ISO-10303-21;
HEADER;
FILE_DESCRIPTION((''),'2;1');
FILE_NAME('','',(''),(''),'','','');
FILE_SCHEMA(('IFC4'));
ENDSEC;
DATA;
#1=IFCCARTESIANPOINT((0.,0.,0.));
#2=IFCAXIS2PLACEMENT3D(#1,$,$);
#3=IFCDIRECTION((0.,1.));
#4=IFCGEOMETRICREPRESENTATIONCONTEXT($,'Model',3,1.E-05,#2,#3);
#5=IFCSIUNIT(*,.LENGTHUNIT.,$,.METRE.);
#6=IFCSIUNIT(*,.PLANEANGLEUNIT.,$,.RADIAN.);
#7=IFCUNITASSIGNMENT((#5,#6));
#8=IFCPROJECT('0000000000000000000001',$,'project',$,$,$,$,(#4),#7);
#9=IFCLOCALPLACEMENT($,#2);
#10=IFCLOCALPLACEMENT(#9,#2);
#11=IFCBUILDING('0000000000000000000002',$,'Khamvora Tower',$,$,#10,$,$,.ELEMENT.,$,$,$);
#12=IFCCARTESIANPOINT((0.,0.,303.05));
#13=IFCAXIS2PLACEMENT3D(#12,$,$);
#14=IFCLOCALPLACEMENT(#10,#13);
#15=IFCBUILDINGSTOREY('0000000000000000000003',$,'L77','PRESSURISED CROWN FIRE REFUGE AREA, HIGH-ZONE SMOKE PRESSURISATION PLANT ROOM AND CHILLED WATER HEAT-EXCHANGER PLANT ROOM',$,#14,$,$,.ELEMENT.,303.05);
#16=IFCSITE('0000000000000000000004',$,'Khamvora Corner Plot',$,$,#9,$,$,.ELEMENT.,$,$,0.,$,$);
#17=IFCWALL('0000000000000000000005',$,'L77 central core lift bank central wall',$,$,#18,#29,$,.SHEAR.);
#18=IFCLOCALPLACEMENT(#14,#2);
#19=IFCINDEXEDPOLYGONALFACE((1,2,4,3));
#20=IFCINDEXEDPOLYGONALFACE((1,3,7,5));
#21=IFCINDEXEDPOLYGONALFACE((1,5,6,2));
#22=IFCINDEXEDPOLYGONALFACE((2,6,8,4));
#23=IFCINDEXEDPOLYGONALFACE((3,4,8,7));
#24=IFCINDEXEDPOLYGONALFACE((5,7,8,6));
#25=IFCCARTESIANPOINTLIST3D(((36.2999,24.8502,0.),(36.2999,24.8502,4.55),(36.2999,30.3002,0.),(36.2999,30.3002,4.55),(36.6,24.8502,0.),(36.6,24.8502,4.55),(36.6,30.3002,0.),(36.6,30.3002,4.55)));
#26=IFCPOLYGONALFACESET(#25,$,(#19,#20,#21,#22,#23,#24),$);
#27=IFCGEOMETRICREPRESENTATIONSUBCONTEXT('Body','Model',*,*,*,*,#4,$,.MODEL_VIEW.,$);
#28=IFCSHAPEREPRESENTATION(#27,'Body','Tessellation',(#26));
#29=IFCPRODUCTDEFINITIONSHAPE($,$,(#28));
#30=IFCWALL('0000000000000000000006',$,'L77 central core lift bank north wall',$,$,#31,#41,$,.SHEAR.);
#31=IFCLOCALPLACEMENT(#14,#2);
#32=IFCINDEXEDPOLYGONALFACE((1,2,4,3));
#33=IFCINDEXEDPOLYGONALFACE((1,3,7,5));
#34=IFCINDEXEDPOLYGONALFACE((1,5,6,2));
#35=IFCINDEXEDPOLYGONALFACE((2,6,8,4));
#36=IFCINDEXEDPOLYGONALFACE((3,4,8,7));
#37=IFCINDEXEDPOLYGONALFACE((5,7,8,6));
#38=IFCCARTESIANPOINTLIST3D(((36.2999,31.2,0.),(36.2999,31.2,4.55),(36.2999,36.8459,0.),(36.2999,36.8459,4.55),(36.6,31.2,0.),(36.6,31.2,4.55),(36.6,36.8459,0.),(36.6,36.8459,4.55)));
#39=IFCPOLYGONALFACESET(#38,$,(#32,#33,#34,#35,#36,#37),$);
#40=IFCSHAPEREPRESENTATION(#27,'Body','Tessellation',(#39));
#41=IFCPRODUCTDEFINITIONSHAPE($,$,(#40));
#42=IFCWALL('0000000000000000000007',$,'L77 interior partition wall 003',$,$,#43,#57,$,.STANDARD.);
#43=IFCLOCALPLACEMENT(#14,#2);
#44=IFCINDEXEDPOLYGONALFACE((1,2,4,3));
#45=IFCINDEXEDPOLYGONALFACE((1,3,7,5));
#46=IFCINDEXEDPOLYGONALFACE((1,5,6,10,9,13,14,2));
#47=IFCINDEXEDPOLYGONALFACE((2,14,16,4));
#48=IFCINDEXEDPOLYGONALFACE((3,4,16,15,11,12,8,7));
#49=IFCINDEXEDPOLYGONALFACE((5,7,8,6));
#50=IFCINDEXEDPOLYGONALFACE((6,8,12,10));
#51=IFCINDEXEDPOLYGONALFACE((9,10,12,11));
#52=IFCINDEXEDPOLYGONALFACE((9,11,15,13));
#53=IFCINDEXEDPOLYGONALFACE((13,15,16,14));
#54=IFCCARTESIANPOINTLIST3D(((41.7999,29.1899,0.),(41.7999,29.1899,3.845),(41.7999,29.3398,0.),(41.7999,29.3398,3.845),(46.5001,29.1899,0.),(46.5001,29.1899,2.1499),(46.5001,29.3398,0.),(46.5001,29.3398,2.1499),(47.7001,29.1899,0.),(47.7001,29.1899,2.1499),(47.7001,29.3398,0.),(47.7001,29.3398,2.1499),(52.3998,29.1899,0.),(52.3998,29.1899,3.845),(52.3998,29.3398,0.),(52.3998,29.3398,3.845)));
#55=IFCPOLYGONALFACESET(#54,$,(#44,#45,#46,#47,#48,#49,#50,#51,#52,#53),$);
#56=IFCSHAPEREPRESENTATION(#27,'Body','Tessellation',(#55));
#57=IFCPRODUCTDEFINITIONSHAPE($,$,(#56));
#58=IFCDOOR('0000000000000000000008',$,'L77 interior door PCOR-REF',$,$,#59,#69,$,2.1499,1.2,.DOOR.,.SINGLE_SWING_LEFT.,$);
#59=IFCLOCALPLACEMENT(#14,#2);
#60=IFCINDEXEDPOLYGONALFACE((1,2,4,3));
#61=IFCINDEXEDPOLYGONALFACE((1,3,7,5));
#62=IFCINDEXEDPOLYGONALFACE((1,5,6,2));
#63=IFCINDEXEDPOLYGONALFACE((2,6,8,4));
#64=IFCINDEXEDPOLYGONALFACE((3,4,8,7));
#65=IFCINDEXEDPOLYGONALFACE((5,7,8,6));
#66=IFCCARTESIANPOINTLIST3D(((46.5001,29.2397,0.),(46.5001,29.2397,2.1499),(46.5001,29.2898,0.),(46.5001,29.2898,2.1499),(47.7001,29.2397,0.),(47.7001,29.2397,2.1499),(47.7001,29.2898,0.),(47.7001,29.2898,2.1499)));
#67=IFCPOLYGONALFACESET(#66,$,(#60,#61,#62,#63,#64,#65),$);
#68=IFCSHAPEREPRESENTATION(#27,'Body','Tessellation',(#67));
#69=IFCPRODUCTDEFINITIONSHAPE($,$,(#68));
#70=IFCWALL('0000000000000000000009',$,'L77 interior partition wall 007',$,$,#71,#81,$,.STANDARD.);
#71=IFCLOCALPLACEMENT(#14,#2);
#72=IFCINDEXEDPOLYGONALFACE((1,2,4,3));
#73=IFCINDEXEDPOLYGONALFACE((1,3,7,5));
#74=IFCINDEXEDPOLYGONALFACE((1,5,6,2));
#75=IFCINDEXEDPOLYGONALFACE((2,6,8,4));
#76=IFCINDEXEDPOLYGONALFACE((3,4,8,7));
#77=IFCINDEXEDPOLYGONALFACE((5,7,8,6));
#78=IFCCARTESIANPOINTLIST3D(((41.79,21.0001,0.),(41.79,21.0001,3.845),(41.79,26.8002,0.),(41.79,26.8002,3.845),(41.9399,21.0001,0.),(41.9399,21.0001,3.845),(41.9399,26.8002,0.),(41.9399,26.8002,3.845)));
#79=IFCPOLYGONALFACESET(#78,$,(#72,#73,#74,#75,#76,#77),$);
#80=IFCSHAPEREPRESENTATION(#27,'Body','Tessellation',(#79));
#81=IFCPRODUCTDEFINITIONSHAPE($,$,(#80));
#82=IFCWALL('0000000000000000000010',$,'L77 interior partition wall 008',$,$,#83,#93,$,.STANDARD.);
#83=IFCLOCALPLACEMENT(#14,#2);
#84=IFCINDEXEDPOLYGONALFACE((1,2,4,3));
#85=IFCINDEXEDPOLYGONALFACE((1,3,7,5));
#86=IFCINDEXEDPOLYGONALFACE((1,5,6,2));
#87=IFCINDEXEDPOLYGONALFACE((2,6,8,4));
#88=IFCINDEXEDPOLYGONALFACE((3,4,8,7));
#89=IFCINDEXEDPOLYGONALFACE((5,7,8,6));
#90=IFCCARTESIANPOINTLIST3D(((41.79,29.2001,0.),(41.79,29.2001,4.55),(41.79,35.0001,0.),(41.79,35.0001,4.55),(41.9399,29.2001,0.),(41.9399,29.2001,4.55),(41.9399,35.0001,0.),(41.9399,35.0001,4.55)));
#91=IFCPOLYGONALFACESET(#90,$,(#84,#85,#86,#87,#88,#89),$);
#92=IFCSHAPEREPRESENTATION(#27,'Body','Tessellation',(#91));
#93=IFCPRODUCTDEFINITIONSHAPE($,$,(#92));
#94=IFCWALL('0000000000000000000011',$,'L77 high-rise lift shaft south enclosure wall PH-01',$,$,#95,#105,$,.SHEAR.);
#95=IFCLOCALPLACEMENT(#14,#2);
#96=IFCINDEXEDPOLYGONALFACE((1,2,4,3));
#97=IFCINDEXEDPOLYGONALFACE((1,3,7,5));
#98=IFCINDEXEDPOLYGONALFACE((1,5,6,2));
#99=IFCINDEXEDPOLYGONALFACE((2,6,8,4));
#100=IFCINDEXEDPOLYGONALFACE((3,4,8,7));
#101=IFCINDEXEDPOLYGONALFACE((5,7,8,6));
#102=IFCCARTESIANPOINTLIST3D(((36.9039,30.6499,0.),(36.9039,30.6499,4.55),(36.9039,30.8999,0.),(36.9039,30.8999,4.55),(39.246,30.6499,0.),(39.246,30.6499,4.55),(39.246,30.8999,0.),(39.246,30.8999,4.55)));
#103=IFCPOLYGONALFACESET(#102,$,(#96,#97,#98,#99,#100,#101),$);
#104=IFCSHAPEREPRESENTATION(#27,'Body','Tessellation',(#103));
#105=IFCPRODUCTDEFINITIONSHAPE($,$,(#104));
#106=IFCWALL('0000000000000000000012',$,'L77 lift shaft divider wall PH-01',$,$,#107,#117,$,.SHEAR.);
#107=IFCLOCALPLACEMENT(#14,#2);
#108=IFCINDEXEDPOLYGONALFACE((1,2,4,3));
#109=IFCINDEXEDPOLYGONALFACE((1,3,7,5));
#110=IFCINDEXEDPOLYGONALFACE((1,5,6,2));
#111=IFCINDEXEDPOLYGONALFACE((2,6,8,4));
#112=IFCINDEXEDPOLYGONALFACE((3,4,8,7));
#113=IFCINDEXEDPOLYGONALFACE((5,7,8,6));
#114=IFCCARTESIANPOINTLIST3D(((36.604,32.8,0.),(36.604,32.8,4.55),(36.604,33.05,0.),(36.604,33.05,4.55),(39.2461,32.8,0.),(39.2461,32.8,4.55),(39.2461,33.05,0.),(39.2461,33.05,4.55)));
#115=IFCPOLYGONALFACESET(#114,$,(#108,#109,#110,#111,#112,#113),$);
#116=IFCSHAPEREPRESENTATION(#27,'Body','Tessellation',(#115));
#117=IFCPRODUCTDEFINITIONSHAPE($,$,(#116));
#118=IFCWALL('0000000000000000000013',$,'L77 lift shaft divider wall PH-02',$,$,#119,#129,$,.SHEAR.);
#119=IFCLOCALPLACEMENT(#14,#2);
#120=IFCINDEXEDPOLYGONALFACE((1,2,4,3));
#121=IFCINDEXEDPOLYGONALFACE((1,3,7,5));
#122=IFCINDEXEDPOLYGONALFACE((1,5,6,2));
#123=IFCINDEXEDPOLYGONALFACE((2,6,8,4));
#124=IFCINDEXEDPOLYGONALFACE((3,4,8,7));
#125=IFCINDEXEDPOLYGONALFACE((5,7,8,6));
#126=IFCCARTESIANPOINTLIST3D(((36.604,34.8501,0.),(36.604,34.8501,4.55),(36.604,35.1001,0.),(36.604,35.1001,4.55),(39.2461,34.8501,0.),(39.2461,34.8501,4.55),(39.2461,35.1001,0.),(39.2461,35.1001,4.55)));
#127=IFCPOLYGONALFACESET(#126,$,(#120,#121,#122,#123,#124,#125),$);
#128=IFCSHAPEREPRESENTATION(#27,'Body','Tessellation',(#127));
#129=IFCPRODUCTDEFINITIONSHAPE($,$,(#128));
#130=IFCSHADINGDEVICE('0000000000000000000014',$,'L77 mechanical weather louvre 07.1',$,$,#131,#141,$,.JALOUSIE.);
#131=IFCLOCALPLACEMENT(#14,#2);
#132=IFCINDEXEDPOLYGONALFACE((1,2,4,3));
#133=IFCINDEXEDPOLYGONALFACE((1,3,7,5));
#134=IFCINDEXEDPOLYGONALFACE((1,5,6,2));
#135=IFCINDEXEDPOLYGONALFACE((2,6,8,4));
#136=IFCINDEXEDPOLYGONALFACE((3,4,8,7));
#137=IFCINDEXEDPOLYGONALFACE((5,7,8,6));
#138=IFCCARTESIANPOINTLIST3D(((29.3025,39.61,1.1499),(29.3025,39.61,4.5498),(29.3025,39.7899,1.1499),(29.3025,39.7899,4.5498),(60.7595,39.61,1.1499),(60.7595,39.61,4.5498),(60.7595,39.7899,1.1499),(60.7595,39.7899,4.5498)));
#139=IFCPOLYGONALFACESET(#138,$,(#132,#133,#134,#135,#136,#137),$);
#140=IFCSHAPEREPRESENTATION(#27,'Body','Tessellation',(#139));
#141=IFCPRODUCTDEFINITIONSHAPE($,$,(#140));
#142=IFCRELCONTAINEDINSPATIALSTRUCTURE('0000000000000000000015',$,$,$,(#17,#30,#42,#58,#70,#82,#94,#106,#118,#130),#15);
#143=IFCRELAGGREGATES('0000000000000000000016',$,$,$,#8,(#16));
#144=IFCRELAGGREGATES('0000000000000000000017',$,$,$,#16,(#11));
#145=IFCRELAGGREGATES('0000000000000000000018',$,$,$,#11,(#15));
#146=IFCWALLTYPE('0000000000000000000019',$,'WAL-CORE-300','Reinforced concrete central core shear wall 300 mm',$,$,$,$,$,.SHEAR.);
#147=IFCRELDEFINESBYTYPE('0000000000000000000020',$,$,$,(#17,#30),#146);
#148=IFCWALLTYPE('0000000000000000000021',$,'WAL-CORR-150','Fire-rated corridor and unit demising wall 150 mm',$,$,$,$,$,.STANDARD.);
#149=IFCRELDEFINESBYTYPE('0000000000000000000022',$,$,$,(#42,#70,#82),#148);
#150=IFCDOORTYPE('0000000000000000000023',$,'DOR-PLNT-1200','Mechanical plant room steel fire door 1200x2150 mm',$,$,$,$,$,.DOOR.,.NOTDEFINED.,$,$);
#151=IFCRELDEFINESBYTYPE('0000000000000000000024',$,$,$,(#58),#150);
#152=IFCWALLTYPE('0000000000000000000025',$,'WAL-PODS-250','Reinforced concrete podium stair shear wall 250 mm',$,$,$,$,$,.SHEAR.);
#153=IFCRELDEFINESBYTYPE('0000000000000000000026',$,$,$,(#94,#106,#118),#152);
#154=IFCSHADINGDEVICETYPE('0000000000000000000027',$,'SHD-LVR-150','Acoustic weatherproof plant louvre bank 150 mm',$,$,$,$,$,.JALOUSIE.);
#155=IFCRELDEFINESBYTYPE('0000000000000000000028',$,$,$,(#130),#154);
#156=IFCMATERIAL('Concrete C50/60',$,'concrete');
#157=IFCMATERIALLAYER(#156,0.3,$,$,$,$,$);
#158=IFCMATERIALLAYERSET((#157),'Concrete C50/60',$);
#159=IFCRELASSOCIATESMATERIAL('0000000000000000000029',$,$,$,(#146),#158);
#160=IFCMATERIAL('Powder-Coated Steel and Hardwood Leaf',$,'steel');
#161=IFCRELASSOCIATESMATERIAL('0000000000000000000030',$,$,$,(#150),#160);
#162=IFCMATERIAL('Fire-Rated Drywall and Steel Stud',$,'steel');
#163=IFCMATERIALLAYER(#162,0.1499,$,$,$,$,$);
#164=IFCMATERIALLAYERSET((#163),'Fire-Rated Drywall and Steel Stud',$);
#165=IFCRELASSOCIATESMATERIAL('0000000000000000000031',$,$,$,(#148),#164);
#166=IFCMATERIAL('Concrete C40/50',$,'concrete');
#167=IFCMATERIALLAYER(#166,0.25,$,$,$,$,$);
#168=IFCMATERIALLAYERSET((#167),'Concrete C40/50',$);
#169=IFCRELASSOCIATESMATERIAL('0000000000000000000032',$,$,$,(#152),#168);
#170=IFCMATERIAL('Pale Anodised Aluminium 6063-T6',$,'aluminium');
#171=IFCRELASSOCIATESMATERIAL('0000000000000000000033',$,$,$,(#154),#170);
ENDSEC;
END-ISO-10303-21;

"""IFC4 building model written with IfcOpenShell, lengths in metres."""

from ifc_helpers import new_model, si_unit, direction, frame, frame_2d, origin, origin_2d, place, context, subcontext, project, spatial, rectangle, extrude, material, layer, layer_set, type_object, element, fill, save


model = new_model("IFC4")

# Units and contexts
model_context = context("Model", 3, precision=1e-05, world=origin(), true_north=direction((0.0, 1.0)))
body_context = subcontext(model_context, "Body", "Model", "MODEL_VIEW")
ifc_project = project(units=[si_unit("LENGTHUNIT", "METRE"), si_unit("PLANEANGLEUNIT", "RADIAN")], contexts=[model_context])

# Site, building, storey
site_placement = place(None, origin())
site = spatial("IfcSite", under=ifc_project, at=site_placement, Name="Khamvora Corner Plot", CompositionType="ELEMENT", RefElevation=0.0)
building_placement = place(site_placement, origin())
building = spatial("IfcBuilding", under=site, at=building_placement, Name="Khamvora Tower", CompositionType="ELEMENT")
storey_placement = place(building_placement, frame((0.0, 0.0, 303.05)))
storey = spatial("IfcBuildingStorey", under=building, at=storey_placement, Name="L77", Description="PRESSURISED CROWN FIRE REFUGE AREA, HIGH-ZONE SMOKE PRESSURISATION PLANT ROOM AND CHILLED WATER HEAT-EXCHANGER PLANT ROOM", CompositionType="ELEMENT", Elevation=303.05)

# Shared definitions
ifc_material_1 = material(Name="Concrete C50/60", Category="concrete")
ifc_layer_1 = layer(ifc_material_1, 0.3)
ifc_layer_set_1 = layer_set([ifc_layer_1], Name="Concrete C50/60")
wall_type_1 = type_object("IfcWallType", Name="WAL-CORE-300", Description="Reinforced concrete central core shear wall 300 mm", PredefinedType="SHEAR", material=ifc_layer_set_1)
ifc_material_2 = material(Name="Powder-Coated Steel and Hardwood Leaf", Category="steel")
door_type = type_object("IfcDoorType", Name="DOR-PLNT-1200", Description="Mechanical plant room steel fire door 1200x2150 mm", OperationType="NOTDEFINED", PredefinedType="DOOR", material=ifc_material_2)

# Walls
wall_1_placement = place(storey_placement, frame((36.45, 24.8501, 0.0), z_axis=(0.0, 0.0, 1.0), x_axis=(0.0, 1.0, 0.0)))
element("IfcWall", 1, at=wall_1_placement, inside=storey, type_object=wall_type_1, Name="L77 central core lift bank central wall", PredefinedType="SHEAR", context=body_context, shape_type="SweptSolid", body=[
    extrude(rectangle(XDim=5.45, YDim=0.3, at=frame_2d((2.7251, 0.0))), origin(), (0.0, 0.0, 1.0), 4.55),
])
wall_2_placement = place(storey_placement, frame((36.45, 31.2, 0.0), z_axis=(0.0, 0.0, 1.0), x_axis=(0.0, 1.0, 0.0)))
element("IfcWall", 2, at=wall_2_placement, inside=storey, type_object=wall_type_1, Name="L77 central core lift bank north wall", PredefinedType="SHEAR", context=body_context, shape_type="SweptSolid", body=[
    extrude(rectangle(XDim=5.646, YDim=0.3, at=frame_2d((2.823, 0.0))), origin(), (0.0, 0.0, 1.0), 4.55),
])

# Wall, opening, door
ifc_material_3 = material(Name="Fire-Rated Drywall and Steel Stud", Category="steel")
ifc_layer_2 = layer(ifc_material_3, 0.1499)
ifc_layer_set_2 = layer_set([ifc_layer_2], Name="Fire-Rated Drywall and Steel Stud")
wall_type_2 = type_object("IfcWallType", Name="WAL-CORR-150", Description="Fire-rated corridor and unit demising wall 150 mm", PredefinedType="STANDARD", material=ifc_layer_set_2)
wall_3_placement = place(storey_placement, frame((41.8, 29.2649, 0.0), z_axis=(0.0, 0.0, 1.0), x_axis=(1.0, 0.0, 0.0)))
wall_3 = element("IfcWall", 3, at=wall_3_placement, inside=storey, type_object=wall_type_2, Name="L77 interior partition wall 003", PredefinedType="STANDARD", context=body_context, shape_type="SweptSolid", body=[
    extrude(rectangle(XDim=10.5999, YDim=0.1499, at=frame_2d((5.2998, 0.0))), origin(), (0.0, 0.0, 1.0), 3.845),
])
opening_1_placement = place(wall_3_placement, frame((4.7, 0.0, 0.0)))
opening_1 = element("IfcOpeningElement", 4, at=opening_1_placement, cuts=wall_3, PredefinedType="OPENING", context=body_context, shape_type="SweptSolid", body=[
    extrude(rectangle(XDim=1.2, YDim=2.1499, at=frame_2d((0.6001, 1.075))), frame((0.0, 0.085, 0.0), z_axis=(0.0, -1.0, 0.0), x_axis=(1.0, 0.0, 0.0)), (0.0, 0.0, 1.0), 0.1699),
])
door_1_placement = place(opening_1_placement, origin())
door_1 = element("IfcDoor", 5, at=door_1_placement, inside=storey, type_object=door_type, Name="L77 interior door PCOR-REF", OperationType="SINGLE_SWING_LEFT", OverallHeight=2.1499, OverallWidth=1.2, PredefinedType="DOOR", context=body_context, shape_type="SweptSolid", body=[
    extrude(rectangle(XDim=1.2, YDim=2.1499, at=frame_2d((0.6001, 1.075))), frame((0.0, 0.0249, 0.0), z_axis=(0.0, -1.0, 0.0), x_axis=(1.0, 0.0, 0.0)), (0.0, 0.0, 1.0), 0.05),
])
fill(opening_1, door_1)

# Walls
wall_4_placement = place(storey_placement, frame((41.865, 26.8, 0.0), z_axis=(0.0, 0.0, 1.0), x_axis=(0.0, -1.0, 0.0)))
element("IfcWall", 6, at=wall_4_placement, inside=storey, type_object=wall_type_2, Name="L77 interior partition wall 007", PredefinedType="STANDARD", context=body_context, shape_type="SweptSolid", body=[
    extrude(rectangle(XDim=5.8, YDim=0.1499, at=frame_2d((2.8999, 0.0))), origin(), (0.0, 0.0, 1.0), 3.845),
])
wall_5_placement = place(storey_placement, frame((41.865, 35.0, 0.0), z_axis=(0.0, 0.0, 1.0), x_axis=(0.0, -1.0, 0.0)))
element("IfcWall", 7, at=wall_5_placement, inside=storey, type_object=wall_type_2, Name="L77 interior partition wall 008", PredefinedType="STANDARD", context=body_context, shape_type="SweptSolid", body=[
    extrude(rectangle(XDim=5.8, YDim=0.1499, at=frame_2d((2.8999, 0.0))), origin(), (0.0, 0.0, 1.0), 4.55),
])
ifc_material_4 = material(Name="Concrete C40/50", Category="concrete")
ifc_layer_3 = layer(ifc_material_4, 0.25)
ifc_layer_set_3 = layer_set([ifc_layer_3], Name="Concrete C40/50")
wall_type_3 = type_object("IfcWallType", Name="WAL-PODS-250", Description="Reinforced concrete podium stair shear wall 250 mm", PredefinedType="SHEAR", material=ifc_layer_set_3)
wall_6_placement = place(storey_placement, frame((36.9041, 30.7749, 0.0), z_axis=(0.0, 0.0, 1.0), x_axis=(1.0, 0.0, 0.0)))
element("IfcWall", 8, at=wall_6_placement, inside=storey, type_object=wall_type_3, Name="L77 high-rise lift shaft south enclosure wall PH-01", PredefinedType="SHEAR", context=body_context, shape_type="SweptSolid", body=[
    extrude(rectangle(XDim=2.342, YDim=0.25, at=frame_2d((1.1709, 0.0))), origin(), (0.0, 0.0, 1.0), 4.55),
])
for number, where, z_axis, x_axis, name in (
    (9, (36.604, 32.925, 0.0), (0.0, 0.0, 1.0), (1.0, 0.0, 0.0), "L77 lift shaft divider wall PH-01"),
    (10, (36.604, 34.9751, 0.0), (0.0, 0.0, 1.0), (1.0, 0.0, 0.0), "L77 lift shaft divider wall PH-02"),
):
    element("IfcWall", number, at=place(storey_placement, frame(where, z_axis=z_axis, x_axis=x_axis)), inside=storey, type_object=wall_type_3, Name=name, PredefinedType="SHEAR", context=body_context, shape_type="SweptSolid", body=[
        extrude(rectangle(XDim=2.6421, YDim=0.25, at=frame_2d((1.321, 0.0))), origin(), (0.0, 0.0, 1.0), 4.55),
    ])

# Shading device
ifc_material_5 = material(Name="Pale Anodised Aluminium 6063-T6", Category="aluminium")
shading_device_type = type_object("IfcShadingDeviceType", Name="SHD-LVR-150", Description="Acoustic weatherproof plant louvre bank 150 mm", PredefinedType="JALOUSIE", material=ifc_material_5)
shading_device_placement = place(storey_placement, frame((45.031, 39.7, 1.1499), z_axis=(0.0, 0.0, 1.0), x_axis=(1.0, 0.0, 0.0)))
element("IfcShadingDevice", 11, at=shading_device_placement, inside=storey, type_object=shading_device_type, Name="L77 mechanical weather louvre 07.1", PredefinedType="JALOUSIE", context=body_context, shape_type="SweptSolid", body=[
    extrude(rectangle(XDim=31.457, YDim=0.1799, at=origin_2d()), origin(), (0.0, 0.0, 1.0), 3.3999),
])

save(model, "model.ifc")
